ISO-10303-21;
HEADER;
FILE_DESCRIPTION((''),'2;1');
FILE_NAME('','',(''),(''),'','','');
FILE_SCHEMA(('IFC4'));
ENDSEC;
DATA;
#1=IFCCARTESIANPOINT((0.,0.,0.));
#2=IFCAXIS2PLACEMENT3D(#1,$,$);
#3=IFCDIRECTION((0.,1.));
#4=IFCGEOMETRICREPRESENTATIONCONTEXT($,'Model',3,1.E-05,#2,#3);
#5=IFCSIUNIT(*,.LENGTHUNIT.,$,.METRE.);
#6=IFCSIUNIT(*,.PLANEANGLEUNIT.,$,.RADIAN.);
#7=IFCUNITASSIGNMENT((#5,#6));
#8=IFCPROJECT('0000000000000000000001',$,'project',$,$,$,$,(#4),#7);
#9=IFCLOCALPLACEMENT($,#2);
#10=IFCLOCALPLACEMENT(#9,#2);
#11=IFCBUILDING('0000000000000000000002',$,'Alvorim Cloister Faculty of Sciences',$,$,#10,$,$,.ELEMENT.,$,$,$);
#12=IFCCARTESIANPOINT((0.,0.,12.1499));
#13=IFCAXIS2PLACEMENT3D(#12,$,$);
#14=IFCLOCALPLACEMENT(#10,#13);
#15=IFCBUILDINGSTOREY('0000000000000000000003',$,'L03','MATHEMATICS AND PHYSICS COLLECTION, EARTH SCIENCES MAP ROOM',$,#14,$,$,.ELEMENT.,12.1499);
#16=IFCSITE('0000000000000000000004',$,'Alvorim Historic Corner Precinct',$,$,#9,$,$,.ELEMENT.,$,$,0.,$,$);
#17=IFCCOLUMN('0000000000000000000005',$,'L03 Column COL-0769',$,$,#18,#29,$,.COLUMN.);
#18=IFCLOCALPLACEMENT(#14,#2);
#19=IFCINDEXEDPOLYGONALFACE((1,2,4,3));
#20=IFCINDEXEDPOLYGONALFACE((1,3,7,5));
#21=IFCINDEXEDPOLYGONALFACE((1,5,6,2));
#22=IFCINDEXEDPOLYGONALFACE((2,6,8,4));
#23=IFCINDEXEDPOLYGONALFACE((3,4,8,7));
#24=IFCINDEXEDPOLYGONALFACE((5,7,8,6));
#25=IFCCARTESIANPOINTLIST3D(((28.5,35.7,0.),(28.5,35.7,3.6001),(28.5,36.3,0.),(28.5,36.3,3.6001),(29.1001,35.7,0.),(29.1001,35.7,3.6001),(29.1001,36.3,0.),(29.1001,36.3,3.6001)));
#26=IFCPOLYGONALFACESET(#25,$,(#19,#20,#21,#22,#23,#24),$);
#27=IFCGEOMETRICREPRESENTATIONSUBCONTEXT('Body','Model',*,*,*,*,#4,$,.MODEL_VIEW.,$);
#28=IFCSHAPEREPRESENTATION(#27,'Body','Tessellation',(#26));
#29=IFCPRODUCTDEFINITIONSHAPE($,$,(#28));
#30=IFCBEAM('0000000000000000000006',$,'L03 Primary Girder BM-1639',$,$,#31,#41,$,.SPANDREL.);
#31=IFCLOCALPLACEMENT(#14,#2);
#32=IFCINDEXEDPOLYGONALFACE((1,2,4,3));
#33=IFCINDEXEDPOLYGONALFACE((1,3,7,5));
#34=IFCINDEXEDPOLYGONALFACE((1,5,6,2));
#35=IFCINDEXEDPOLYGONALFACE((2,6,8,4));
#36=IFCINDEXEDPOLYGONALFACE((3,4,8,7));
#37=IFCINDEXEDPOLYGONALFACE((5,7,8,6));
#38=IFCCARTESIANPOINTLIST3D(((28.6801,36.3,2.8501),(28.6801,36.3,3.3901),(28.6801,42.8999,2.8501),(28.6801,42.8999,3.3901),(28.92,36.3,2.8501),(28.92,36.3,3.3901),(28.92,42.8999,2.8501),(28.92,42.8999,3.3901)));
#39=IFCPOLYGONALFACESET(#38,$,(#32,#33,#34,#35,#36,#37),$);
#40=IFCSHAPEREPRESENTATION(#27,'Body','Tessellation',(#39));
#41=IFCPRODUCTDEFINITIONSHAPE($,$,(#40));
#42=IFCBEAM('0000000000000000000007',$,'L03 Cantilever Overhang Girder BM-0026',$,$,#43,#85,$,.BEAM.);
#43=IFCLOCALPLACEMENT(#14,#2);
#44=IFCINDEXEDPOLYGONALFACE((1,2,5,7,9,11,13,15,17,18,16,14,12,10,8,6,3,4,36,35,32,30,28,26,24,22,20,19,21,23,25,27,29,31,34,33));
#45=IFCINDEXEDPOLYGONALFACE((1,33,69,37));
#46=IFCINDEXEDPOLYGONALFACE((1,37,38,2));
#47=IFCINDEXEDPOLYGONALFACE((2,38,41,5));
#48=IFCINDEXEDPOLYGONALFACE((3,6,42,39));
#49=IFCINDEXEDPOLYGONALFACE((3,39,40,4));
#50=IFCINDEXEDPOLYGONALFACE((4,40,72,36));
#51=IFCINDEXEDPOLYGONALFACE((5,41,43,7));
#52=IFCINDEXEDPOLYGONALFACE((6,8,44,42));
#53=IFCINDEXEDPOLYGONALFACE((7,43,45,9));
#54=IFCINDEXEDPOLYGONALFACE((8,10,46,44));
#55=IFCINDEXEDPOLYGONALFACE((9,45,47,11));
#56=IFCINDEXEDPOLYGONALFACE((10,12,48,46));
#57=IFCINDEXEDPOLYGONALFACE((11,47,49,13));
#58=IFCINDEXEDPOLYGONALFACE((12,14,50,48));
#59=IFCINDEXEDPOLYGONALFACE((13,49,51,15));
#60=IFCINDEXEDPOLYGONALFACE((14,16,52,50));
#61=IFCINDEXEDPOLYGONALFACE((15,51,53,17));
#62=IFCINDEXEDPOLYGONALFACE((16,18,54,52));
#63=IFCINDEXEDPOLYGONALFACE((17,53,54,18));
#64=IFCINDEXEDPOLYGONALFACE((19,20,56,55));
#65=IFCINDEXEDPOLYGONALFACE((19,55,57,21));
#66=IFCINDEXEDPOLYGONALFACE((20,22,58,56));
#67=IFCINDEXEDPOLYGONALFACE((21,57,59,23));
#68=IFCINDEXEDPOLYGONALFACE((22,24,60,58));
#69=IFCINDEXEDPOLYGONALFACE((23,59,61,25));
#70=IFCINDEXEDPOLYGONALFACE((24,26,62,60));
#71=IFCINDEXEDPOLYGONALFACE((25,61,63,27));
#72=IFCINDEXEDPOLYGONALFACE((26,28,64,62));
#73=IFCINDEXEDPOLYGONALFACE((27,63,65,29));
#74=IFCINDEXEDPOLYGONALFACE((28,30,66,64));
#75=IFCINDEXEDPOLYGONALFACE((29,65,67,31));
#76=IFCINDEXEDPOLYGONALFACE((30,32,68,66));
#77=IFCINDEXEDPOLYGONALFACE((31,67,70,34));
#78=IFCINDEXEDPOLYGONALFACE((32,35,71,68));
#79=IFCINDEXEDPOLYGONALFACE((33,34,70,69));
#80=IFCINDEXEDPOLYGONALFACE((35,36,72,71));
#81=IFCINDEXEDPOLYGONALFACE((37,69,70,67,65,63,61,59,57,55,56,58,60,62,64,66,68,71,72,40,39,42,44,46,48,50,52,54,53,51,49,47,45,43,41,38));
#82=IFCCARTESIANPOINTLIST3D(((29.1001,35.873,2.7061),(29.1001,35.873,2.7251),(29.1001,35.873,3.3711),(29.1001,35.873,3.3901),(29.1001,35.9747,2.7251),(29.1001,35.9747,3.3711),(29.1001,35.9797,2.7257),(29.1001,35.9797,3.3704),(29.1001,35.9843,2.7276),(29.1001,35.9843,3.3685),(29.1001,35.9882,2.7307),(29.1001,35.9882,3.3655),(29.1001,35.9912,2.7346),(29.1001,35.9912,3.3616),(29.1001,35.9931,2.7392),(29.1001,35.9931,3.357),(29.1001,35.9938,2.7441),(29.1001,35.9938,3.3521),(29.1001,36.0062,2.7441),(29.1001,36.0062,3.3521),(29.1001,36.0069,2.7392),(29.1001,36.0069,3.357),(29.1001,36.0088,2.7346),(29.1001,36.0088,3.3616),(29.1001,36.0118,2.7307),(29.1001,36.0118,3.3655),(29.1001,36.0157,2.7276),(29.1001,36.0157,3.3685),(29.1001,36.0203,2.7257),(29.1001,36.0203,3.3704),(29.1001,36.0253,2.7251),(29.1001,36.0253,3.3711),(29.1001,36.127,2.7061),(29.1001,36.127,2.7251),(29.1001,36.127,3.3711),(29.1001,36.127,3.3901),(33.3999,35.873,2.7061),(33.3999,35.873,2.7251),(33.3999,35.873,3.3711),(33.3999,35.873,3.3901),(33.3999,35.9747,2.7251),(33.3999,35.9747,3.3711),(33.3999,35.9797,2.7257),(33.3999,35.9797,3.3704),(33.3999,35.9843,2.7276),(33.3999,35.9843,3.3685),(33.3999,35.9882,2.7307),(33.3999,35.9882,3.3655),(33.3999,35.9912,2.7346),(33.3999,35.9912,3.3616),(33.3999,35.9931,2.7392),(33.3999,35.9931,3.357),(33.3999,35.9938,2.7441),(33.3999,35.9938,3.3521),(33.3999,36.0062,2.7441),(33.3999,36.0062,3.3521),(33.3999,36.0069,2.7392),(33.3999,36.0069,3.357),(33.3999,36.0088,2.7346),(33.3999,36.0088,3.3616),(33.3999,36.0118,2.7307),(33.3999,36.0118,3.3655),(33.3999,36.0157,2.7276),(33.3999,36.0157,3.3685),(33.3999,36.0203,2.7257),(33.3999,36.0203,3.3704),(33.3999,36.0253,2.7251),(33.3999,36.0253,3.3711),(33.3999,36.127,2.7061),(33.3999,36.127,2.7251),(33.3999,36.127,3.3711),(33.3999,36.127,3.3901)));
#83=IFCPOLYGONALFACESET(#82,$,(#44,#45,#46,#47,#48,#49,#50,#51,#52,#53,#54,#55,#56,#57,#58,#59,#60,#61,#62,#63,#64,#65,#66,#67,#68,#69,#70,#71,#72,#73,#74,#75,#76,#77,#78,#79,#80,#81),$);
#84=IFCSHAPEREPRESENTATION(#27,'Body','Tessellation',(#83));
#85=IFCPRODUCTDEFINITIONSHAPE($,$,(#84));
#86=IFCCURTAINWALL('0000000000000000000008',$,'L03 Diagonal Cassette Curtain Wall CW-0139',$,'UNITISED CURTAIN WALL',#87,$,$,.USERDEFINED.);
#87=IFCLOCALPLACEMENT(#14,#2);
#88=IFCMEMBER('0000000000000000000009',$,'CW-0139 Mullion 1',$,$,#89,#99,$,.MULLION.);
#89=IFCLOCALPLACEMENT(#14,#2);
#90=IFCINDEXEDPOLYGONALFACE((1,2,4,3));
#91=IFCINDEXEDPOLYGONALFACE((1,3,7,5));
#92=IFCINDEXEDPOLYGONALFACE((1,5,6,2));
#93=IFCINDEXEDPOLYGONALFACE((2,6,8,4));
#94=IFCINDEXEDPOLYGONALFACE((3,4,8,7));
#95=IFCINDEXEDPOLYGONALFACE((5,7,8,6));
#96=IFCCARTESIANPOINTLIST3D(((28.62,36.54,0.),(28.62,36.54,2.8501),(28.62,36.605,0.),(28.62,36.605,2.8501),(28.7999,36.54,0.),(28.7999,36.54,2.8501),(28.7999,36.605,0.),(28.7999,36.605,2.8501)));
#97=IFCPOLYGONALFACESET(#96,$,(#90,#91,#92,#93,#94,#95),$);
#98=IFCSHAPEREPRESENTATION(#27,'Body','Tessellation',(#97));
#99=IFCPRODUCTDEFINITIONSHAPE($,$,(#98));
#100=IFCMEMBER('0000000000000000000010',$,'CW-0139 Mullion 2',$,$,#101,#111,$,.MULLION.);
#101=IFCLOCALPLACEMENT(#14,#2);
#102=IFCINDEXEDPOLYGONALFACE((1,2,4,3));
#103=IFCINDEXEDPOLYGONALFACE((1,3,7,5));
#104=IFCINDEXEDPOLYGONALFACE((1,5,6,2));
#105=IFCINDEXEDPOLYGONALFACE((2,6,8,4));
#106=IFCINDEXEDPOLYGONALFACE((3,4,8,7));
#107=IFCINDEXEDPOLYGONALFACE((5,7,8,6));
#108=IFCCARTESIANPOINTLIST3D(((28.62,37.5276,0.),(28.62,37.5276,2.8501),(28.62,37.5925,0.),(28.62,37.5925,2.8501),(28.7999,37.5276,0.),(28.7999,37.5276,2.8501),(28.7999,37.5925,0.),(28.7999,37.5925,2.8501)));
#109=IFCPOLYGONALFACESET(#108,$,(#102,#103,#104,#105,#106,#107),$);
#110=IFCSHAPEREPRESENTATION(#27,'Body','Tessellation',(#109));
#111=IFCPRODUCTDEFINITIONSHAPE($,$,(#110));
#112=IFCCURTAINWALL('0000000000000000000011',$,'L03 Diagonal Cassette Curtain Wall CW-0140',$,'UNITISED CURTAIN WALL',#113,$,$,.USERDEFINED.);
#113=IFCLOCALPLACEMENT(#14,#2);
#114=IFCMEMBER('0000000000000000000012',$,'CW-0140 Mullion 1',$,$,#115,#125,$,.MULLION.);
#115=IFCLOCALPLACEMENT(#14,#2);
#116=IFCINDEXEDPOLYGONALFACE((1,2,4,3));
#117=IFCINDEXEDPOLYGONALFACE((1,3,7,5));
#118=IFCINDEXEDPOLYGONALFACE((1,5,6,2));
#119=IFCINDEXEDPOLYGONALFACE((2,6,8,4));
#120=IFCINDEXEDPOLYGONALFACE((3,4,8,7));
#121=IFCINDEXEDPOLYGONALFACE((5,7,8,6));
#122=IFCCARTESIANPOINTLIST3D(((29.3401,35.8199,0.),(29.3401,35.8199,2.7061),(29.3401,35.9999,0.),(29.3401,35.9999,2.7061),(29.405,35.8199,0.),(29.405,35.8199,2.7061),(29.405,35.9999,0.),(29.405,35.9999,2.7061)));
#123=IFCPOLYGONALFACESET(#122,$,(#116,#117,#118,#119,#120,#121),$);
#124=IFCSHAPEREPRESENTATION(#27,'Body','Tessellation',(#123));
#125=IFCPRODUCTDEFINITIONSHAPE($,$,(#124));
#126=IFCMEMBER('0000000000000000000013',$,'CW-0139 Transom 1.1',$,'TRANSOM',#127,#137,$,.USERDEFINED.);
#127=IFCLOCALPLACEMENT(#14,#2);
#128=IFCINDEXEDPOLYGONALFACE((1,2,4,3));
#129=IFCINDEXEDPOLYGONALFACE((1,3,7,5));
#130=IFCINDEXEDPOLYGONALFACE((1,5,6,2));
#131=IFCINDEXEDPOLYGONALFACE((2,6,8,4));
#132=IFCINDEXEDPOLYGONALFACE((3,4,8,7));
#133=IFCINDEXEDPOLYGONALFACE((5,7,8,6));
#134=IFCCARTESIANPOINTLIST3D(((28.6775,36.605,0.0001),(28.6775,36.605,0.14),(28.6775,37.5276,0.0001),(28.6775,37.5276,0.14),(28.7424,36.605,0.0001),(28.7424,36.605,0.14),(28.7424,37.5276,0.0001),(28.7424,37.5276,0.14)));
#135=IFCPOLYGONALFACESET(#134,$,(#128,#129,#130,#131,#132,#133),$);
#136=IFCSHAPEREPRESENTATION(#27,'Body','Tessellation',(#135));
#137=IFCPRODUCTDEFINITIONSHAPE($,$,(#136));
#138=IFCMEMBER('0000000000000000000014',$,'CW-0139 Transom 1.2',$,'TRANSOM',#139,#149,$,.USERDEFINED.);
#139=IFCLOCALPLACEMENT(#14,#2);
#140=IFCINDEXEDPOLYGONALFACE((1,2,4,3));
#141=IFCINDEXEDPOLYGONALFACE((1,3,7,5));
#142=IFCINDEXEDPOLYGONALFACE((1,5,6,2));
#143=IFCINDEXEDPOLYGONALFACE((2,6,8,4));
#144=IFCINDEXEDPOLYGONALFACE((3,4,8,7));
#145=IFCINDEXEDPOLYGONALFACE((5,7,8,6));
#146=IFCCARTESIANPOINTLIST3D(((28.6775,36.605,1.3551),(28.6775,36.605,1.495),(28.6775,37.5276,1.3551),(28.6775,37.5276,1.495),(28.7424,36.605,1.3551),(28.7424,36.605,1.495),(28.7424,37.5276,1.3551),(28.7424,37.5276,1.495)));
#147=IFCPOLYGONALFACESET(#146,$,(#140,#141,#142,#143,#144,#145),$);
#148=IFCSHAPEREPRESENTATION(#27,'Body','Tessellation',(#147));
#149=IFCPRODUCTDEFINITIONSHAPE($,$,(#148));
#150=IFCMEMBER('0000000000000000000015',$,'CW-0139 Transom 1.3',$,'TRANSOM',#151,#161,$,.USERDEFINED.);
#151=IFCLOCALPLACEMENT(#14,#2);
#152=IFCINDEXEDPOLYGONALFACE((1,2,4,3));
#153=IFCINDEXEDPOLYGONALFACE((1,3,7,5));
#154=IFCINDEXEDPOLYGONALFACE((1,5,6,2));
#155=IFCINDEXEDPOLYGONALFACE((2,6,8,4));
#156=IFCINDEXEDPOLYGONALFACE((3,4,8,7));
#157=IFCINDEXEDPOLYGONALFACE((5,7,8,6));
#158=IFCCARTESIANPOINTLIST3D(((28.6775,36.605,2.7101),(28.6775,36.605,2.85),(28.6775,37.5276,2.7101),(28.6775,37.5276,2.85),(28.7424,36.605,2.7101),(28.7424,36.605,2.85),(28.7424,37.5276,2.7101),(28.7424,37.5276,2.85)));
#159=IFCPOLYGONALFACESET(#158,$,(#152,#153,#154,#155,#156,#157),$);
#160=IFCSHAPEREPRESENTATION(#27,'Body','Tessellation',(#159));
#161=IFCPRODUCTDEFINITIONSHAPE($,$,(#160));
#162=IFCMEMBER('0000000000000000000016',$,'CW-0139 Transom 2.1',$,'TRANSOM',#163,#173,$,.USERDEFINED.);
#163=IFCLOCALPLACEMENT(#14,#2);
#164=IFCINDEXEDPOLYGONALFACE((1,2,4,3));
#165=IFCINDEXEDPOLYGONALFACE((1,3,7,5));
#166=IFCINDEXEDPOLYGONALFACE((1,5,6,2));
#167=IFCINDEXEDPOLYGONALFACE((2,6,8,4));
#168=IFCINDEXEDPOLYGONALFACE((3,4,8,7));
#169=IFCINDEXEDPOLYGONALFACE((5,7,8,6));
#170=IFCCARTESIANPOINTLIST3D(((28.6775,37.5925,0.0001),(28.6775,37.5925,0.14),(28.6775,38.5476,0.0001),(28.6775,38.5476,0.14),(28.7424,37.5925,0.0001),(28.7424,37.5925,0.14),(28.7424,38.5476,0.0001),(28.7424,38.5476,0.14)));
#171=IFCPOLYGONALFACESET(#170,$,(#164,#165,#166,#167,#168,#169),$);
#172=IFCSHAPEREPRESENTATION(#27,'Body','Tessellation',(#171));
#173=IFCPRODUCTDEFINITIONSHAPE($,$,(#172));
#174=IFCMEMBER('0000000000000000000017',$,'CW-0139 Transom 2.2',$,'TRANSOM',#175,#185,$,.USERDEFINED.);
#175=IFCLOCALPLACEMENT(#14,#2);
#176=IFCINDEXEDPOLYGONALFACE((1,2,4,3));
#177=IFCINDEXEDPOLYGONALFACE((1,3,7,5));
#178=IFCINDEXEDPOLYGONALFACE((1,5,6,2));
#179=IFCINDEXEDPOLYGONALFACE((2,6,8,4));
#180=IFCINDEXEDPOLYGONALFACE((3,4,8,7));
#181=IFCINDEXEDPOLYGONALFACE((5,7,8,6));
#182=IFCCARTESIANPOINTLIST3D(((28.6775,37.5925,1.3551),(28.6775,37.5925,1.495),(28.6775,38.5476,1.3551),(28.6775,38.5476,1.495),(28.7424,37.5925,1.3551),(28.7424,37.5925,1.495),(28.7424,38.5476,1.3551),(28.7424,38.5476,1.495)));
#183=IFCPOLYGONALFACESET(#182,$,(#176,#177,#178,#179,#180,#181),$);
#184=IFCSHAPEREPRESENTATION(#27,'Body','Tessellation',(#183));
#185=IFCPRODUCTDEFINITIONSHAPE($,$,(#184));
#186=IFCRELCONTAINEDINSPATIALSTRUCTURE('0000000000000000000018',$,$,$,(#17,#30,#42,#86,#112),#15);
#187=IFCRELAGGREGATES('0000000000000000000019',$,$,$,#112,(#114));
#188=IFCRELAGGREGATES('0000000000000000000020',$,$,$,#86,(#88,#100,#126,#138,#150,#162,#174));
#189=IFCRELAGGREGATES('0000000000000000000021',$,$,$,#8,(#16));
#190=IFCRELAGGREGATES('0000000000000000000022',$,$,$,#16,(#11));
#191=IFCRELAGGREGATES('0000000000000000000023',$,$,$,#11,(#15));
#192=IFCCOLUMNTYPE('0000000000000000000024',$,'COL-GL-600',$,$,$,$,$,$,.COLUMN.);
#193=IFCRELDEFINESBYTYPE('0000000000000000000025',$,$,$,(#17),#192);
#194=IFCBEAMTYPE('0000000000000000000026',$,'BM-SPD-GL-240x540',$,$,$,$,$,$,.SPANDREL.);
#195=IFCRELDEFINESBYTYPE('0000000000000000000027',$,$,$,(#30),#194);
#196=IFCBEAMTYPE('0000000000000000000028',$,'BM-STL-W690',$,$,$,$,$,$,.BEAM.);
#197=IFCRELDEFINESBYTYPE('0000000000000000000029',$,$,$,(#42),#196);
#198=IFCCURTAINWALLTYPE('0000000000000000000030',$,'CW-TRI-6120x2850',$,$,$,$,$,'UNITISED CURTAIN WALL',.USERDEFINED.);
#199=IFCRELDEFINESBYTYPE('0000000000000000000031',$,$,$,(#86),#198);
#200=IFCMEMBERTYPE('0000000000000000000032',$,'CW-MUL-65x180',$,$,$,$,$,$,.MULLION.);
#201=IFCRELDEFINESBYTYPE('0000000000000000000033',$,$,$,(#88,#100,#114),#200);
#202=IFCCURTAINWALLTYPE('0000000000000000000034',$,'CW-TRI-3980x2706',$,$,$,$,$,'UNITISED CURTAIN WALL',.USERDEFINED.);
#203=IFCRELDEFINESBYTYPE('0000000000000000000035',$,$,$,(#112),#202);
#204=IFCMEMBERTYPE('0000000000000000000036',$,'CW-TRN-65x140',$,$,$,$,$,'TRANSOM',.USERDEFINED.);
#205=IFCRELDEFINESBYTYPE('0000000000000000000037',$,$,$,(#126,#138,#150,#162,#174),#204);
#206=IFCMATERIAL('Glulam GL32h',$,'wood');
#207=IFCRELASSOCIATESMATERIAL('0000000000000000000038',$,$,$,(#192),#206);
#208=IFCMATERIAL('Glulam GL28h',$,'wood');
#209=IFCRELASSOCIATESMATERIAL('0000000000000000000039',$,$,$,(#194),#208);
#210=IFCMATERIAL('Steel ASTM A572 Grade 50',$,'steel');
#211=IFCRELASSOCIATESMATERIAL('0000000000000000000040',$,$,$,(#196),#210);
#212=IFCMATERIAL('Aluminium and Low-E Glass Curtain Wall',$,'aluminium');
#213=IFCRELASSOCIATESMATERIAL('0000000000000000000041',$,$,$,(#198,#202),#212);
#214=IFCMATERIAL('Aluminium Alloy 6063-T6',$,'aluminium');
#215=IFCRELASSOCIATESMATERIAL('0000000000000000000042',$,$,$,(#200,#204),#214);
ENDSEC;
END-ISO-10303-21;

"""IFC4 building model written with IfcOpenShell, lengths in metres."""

from ifc_helpers import new_model, si_unit, direction, frame, origin, origin_2d, place, context, subcontext, project, spatial, rectangle, i_section, extrude, material, material_profile, profile_set, type_object, element, aggregate, save


model = new_model("IFC4")

# Units and contexts
model_context = context("Model", 3, precision=1e-05, world=origin(), true_north=direction((0.0, 1.0)))
body_context = subcontext(model_context, "Body", "Model", "MODEL_VIEW")
ifc_project = project(units=[si_unit("LENGTHUNIT", "METRE"), si_unit("PLANEANGLEUNIT", "RADIAN")], contexts=[model_context])

# Site, building, storey
site_placement = place(None, origin())
site = spatial("IfcSite", under=ifc_project, at=site_placement, Name="Alvorim Historic Corner Precinct", CompositionType="ELEMENT", RefElevation=0.0)
building_placement = place(site_placement, origin())
building = spatial("IfcBuilding", under=site, at=building_placement, Name="Alvorim Cloister Faculty of Sciences", CompositionType="ELEMENT")
storey_placement = place(building_placement, frame((0.0, 0.0, 12.1499)))
storey = spatial("IfcBuildingStorey", under=building, at=storey_placement, Name="L03", Description="MATHEMATICS AND PHYSICS COLLECTION, EARTH SCIENCES MAP ROOM", CompositionType="ELEMENT", Elevation=12.1499)

# Column
ifc_material_1 = material(Name="Glulam GL32h", Category="wood")
ifc_material_profile_1 = material_profile(ifc_material_1, rectangle(XDim=0.6001, YDim=0.6001, at=origin_2d()), Name="GL32-COL-600x600")
ifc_profile_set_1 = profile_set([ifc_material_profile_1], Name="Glulam GL32h")
column_type = type_object("IfcColumnType", Name="COL-GL-600", PredefinedType="COLUMN", material=ifc_profile_set_1)
column_placement = place(storey_placement, frame((28.8, 36.0, 0.0), z_axis=(0.0, 0.0, 1.0), x_axis=(1.0, 0.0, 0.0)))
element("IfcColumn", 1, at=column_placement, inside=storey, type_object=column_type, Name="L03 Column COL-0769", PredefinedType="COLUMN", context=body_context, shape_type="SweptSolid", body=[
    extrude(rectangle(XDim=0.6001, YDim=0.6001, at=origin_2d()), origin(), (0.0, 0.0, 1.0), 3.6001),
])

# Beams
ifc_material_2 = material(Name="Glulam GL28h", Category="wood")
ifc_material_profile_2 = material_profile(ifc_material_2, rectangle(XDim=0.24, YDim=0.54, at=origin_2d()), Name="GL28-SPD-240x540")
ifc_profile_set_2 = profile_set([ifc_material_profile_2], Name="Glulam GL28h")
beam_type_1 = type_object("IfcBeamType", Name="BM-SPD-GL-240x540", PredefinedType="SPANDREL", material=ifc_profile_set_2)
beam_1_placement = place(storey_placement, frame((28.8, 36.3, 3.1201), z_axis=(0.0, 1.0, 0.0), x_axis=(-1.0, 0.0, 0.0)))
element("IfcBeam", 2, at=beam_1_placement, inside=storey, type_object=beam_type_1, Name="L03 Primary Girder BM-1639", PredefinedType="SPANDREL", context=body_context, shape_type="SweptSolid", body=[
    extrude(rectangle(XDim=0.24, YDim=0.54, at=origin_2d()), origin(), (0.0, 0.0, 1.0), 6.5999),
])
ifc_material_3 = material(Name="Steel ASTM A572 Grade 50", Category="steel")
ifc_material_profile_3 = material_profile(ifc_material_3, i_section(OverallWidth=0.2539, OverallDepth=0.6841, WebThickness=0.0125, FlangeThickness=0.019, FilletRadius=0.019, at=origin_2d()), Name="W690x140.0")
ifc_profile_set_3 = profile_set([ifc_material_profile_3], Name="Steel ASTM A572 Grade 50")
beam_type_2 = type_object("IfcBeamType", Name="BM-STL-W690", PredefinedType="BEAM", material=ifc_profile_set_3)
beam_2_placement = place(storey_placement, frame((29.1001, 36.0, 3.0481), z_axis=(1.0, 0.0, 0.0), x_axis=(0.0, 1.0, 0.0)))
element("IfcBeam", 3, at=beam_2_placement, inside=storey, type_object=beam_type_2, Name="L03 Cantilever Overhang Girder BM-0026", PredefinedType="BEAM", context=body_context, shape_type="SweptSolid", body=[
    extrude(i_section(OverallWidth=0.2539, OverallDepth=0.6841, WebThickness=0.0125, FlangeThickness=0.019, FilletRadius=0.019, at=origin_2d()), origin(), (0.0, 0.0, 1.0), 4.2998),
])

# Curtain wall, members
ifc_material_4 = material(Name="Aluminium and Low-E Glass Curtain Wall", Category="aluminium")
curtain_wall_type_1 = type_object("IfcCurtainWallType", Name="CW-TRI-6120x2850", ElementType="UNITISED CURTAIN WALL", PredefinedType="USERDEFINED", material=ifc_material_4)
curtain_wall_1_placement = place(storey_placement, origin())
curtain_wall_1 = element("IfcCurtainWall", 4, at=curtain_wall_1_placement, inside=storey, type_object=curtain_wall_type_1, Name="L03 Diagonal Cassette Curtain Wall CW-0139", ObjectType="UNITISED CURTAIN WALL", PredefinedType="USERDEFINED")
ifc_material_5 = material(Name="Aluminium Alloy 6063-T6", Category="aluminium")
ifc_material_profile_4 = material_profile(ifc_material_5, rectangle(XDim=0.0649, YDim=0.1799, at=origin_2d()), Name="ALU-MUL-65x180")
ifc_profile_set_4 = profile_set([ifc_material_profile_4], Name="Aluminium Alloy 6063-T6")
member_type_1 = type_object("IfcMemberType", Name="CW-MUL-65x180", PredefinedType="MULLION", material=ifc_profile_set_4)
member_1_placement = place(storey_placement, frame((28.71, 36.5725, 0.0), z_axis=(0.0, 0.0, 1.0), x_axis=(0.0, 1.0, 0.0)))
member_1 = element("IfcMember", 5, at=member_1_placement, type_object=member_type_1, Name="CW-0139 Mullion 1", PredefinedType="MULLION", context=body_context, shape_type="SweptSolid", body=[
    extrude(rectangle(XDim=0.0649, YDim=0.1799, at=origin_2d()), origin(), (0.0, 0.0, 1.0), 2.8501),
])
member_2_placement = place(storey_placement, frame((28.71, 37.5601, 0.0), z_axis=(0.0, 0.0, 1.0), x_axis=(0.0, 1.0, 0.0)))
member_2 = element("IfcMember", 6, at=member_2_placement, type_object=member_type_1, Name="CW-0139 Mullion 2", PredefinedType="MULLION", context=body_context, shape_type="SweptSolid", body=[
    extrude(rectangle(XDim=0.0649, YDim=0.1799, at=origin_2d()), origin(), (0.0, 0.0, 1.0), 2.8501),
])

# Curtain wall, member
curtain_wall_type_2 = type_object("IfcCurtainWallType", Name="CW-TRI-3980x2706", ElementType="UNITISED CURTAIN WALL", PredefinedType="USERDEFINED", material=ifc_material_4)
curtain_wall_2_placement = place(storey_placement, origin())
curtain_wall_2 = element("IfcCurtainWall", 7, at=curtain_wall_2_placement, inside=storey, type_object=curtain_wall_type_2, Name="L03 Diagonal Cassette Curtain Wall CW-0140", ObjectType="UNITISED CURTAIN WALL", PredefinedType="USERDEFINED")
member_3_placement = place(storey_placement, frame((29.3726, 35.9099, 0.0), z_axis=(0.0, 0.0, 1.0), x_axis=(1.0, 0.0, 0.0)))
member_3 = element("IfcMember", 8, at=member_3_placement, type_object=member_type_1, Name="CW-0140 Mullion 1", PredefinedType="MULLION", context=body_context, shape_type="SweptSolid", body=[
    extrude(rectangle(XDim=0.0649, YDim=0.1799, at=origin_2d()), origin(), (0.0, 0.0, 1.0), 2.7061),
])

# Members
ifc_material_profile_5 = material_profile(ifc_material_5, rectangle(XDim=0.0649, YDim=0.1399, at=origin_2d()), Name="ALU-TRN-65x140")
ifc_profile_set_5 = profile_set([ifc_material_profile_5], Name="Aluminium Alloy 6063-T6")
member_type_2 = type_object("IfcMemberType", Name="CW-TRN-65x140", ElementType="TRANSOM", PredefinedType="USERDEFINED", material=ifc_profile_set_5)
member_4_placement = place(storey_placement, frame((28.71, 36.605, 0.0701), z_axis=(0.0, 1.0, 0.0), x_axis=(-1.0, 0.0, 0.0)))
member_4 = element("IfcMember", 9, at=member_4_placement, type_object=member_type_2, Name="CW-0139 Transom 1.1", ObjectType="TRANSOM", PredefinedType="USERDEFINED", context=body_context, shape_type="SweptSolid", body=[
    extrude(rectangle(XDim=0.0649, YDim=0.1399, at=origin_2d()), origin(), (0.0, 0.0, 1.0), 0.9226),
])
member_5_placement = place(storey_placement, frame((28.71, 36.605, 1.425), z_axis=(0.0, 1.0, 0.0), x_axis=(-1.0, 0.0, 0.0)))
member_5 = element("IfcMember", 10, at=member_5_placement, type_object=member_type_2, Name="CW-0139 Transom 1.2", ObjectType="TRANSOM", PredefinedType="USERDEFINED", context=body_context, shape_type="SweptSolid", body=[
    extrude(rectangle(XDim=0.0649, YDim=0.1399, at=origin_2d()), origin(), (0.0, 0.0, 1.0), 0.9226),
])
member_6_placement = place(storey_placement, frame((28.71, 36.605, 2.78), z_axis=(0.0, 1.0, 0.0), x_axis=(-1.0, 0.0, 0.0)))
member_6 = element("IfcMember", 11, at=member_6_placement, type_object=member_type_2, Name="CW-0139 Transom 1.3", ObjectType="TRANSOM", PredefinedType="USERDEFINED", context=body_context, shape_type="SweptSolid", body=[
    extrude(rectangle(XDim=0.0649, YDim=0.1399, at=origin_2d()), origin(), (0.0, 0.0, 1.0), 0.9226),
])
member_7_placement = place(storey_placement, frame((28.71, 37.5925, 0.0701), z_axis=(0.0, 1.0, 0.0), x_axis=(-1.0, 0.0, 0.0)))
member_7 = element("IfcMember", 12, at=member_7_placement, type_object=member_type_2, Name="CW-0139 Transom 2.1", ObjectType="TRANSOM", PredefinedType="USERDEFINED", context=body_context, shape_type="SweptSolid", body=[
    extrude(rectangle(XDim=0.0649, YDim=0.1399, at=origin_2d()), origin(), (0.0, 0.0, 1.0), 0.9551),
])
member_8_placement = place(storey_placement, frame((28.71, 37.5925, 1.425), z_axis=(0.0, 1.0, 0.0), x_axis=(-1.0, 0.0, 0.0)))
member_8 = element("IfcMember", 13, at=member_8_placement, type_object=member_type_2, Name="CW-0139 Transom 2.2", ObjectType="TRANSOM", PredefinedType="USERDEFINED", context=body_context, shape_type="SweptSolid", body=[
    extrude(rectangle(XDim=0.0649, YDim=0.1399, at=origin_2d()), origin(), (0.0, 0.0, 1.0), 0.9551),
])
aggregate(curtain_wall_2, [member_3])

aggregate(curtain_wall_1, [member_1, member_2, member_4, member_5, member_6, member_7, member_8])

save(model, "model.ifc")
